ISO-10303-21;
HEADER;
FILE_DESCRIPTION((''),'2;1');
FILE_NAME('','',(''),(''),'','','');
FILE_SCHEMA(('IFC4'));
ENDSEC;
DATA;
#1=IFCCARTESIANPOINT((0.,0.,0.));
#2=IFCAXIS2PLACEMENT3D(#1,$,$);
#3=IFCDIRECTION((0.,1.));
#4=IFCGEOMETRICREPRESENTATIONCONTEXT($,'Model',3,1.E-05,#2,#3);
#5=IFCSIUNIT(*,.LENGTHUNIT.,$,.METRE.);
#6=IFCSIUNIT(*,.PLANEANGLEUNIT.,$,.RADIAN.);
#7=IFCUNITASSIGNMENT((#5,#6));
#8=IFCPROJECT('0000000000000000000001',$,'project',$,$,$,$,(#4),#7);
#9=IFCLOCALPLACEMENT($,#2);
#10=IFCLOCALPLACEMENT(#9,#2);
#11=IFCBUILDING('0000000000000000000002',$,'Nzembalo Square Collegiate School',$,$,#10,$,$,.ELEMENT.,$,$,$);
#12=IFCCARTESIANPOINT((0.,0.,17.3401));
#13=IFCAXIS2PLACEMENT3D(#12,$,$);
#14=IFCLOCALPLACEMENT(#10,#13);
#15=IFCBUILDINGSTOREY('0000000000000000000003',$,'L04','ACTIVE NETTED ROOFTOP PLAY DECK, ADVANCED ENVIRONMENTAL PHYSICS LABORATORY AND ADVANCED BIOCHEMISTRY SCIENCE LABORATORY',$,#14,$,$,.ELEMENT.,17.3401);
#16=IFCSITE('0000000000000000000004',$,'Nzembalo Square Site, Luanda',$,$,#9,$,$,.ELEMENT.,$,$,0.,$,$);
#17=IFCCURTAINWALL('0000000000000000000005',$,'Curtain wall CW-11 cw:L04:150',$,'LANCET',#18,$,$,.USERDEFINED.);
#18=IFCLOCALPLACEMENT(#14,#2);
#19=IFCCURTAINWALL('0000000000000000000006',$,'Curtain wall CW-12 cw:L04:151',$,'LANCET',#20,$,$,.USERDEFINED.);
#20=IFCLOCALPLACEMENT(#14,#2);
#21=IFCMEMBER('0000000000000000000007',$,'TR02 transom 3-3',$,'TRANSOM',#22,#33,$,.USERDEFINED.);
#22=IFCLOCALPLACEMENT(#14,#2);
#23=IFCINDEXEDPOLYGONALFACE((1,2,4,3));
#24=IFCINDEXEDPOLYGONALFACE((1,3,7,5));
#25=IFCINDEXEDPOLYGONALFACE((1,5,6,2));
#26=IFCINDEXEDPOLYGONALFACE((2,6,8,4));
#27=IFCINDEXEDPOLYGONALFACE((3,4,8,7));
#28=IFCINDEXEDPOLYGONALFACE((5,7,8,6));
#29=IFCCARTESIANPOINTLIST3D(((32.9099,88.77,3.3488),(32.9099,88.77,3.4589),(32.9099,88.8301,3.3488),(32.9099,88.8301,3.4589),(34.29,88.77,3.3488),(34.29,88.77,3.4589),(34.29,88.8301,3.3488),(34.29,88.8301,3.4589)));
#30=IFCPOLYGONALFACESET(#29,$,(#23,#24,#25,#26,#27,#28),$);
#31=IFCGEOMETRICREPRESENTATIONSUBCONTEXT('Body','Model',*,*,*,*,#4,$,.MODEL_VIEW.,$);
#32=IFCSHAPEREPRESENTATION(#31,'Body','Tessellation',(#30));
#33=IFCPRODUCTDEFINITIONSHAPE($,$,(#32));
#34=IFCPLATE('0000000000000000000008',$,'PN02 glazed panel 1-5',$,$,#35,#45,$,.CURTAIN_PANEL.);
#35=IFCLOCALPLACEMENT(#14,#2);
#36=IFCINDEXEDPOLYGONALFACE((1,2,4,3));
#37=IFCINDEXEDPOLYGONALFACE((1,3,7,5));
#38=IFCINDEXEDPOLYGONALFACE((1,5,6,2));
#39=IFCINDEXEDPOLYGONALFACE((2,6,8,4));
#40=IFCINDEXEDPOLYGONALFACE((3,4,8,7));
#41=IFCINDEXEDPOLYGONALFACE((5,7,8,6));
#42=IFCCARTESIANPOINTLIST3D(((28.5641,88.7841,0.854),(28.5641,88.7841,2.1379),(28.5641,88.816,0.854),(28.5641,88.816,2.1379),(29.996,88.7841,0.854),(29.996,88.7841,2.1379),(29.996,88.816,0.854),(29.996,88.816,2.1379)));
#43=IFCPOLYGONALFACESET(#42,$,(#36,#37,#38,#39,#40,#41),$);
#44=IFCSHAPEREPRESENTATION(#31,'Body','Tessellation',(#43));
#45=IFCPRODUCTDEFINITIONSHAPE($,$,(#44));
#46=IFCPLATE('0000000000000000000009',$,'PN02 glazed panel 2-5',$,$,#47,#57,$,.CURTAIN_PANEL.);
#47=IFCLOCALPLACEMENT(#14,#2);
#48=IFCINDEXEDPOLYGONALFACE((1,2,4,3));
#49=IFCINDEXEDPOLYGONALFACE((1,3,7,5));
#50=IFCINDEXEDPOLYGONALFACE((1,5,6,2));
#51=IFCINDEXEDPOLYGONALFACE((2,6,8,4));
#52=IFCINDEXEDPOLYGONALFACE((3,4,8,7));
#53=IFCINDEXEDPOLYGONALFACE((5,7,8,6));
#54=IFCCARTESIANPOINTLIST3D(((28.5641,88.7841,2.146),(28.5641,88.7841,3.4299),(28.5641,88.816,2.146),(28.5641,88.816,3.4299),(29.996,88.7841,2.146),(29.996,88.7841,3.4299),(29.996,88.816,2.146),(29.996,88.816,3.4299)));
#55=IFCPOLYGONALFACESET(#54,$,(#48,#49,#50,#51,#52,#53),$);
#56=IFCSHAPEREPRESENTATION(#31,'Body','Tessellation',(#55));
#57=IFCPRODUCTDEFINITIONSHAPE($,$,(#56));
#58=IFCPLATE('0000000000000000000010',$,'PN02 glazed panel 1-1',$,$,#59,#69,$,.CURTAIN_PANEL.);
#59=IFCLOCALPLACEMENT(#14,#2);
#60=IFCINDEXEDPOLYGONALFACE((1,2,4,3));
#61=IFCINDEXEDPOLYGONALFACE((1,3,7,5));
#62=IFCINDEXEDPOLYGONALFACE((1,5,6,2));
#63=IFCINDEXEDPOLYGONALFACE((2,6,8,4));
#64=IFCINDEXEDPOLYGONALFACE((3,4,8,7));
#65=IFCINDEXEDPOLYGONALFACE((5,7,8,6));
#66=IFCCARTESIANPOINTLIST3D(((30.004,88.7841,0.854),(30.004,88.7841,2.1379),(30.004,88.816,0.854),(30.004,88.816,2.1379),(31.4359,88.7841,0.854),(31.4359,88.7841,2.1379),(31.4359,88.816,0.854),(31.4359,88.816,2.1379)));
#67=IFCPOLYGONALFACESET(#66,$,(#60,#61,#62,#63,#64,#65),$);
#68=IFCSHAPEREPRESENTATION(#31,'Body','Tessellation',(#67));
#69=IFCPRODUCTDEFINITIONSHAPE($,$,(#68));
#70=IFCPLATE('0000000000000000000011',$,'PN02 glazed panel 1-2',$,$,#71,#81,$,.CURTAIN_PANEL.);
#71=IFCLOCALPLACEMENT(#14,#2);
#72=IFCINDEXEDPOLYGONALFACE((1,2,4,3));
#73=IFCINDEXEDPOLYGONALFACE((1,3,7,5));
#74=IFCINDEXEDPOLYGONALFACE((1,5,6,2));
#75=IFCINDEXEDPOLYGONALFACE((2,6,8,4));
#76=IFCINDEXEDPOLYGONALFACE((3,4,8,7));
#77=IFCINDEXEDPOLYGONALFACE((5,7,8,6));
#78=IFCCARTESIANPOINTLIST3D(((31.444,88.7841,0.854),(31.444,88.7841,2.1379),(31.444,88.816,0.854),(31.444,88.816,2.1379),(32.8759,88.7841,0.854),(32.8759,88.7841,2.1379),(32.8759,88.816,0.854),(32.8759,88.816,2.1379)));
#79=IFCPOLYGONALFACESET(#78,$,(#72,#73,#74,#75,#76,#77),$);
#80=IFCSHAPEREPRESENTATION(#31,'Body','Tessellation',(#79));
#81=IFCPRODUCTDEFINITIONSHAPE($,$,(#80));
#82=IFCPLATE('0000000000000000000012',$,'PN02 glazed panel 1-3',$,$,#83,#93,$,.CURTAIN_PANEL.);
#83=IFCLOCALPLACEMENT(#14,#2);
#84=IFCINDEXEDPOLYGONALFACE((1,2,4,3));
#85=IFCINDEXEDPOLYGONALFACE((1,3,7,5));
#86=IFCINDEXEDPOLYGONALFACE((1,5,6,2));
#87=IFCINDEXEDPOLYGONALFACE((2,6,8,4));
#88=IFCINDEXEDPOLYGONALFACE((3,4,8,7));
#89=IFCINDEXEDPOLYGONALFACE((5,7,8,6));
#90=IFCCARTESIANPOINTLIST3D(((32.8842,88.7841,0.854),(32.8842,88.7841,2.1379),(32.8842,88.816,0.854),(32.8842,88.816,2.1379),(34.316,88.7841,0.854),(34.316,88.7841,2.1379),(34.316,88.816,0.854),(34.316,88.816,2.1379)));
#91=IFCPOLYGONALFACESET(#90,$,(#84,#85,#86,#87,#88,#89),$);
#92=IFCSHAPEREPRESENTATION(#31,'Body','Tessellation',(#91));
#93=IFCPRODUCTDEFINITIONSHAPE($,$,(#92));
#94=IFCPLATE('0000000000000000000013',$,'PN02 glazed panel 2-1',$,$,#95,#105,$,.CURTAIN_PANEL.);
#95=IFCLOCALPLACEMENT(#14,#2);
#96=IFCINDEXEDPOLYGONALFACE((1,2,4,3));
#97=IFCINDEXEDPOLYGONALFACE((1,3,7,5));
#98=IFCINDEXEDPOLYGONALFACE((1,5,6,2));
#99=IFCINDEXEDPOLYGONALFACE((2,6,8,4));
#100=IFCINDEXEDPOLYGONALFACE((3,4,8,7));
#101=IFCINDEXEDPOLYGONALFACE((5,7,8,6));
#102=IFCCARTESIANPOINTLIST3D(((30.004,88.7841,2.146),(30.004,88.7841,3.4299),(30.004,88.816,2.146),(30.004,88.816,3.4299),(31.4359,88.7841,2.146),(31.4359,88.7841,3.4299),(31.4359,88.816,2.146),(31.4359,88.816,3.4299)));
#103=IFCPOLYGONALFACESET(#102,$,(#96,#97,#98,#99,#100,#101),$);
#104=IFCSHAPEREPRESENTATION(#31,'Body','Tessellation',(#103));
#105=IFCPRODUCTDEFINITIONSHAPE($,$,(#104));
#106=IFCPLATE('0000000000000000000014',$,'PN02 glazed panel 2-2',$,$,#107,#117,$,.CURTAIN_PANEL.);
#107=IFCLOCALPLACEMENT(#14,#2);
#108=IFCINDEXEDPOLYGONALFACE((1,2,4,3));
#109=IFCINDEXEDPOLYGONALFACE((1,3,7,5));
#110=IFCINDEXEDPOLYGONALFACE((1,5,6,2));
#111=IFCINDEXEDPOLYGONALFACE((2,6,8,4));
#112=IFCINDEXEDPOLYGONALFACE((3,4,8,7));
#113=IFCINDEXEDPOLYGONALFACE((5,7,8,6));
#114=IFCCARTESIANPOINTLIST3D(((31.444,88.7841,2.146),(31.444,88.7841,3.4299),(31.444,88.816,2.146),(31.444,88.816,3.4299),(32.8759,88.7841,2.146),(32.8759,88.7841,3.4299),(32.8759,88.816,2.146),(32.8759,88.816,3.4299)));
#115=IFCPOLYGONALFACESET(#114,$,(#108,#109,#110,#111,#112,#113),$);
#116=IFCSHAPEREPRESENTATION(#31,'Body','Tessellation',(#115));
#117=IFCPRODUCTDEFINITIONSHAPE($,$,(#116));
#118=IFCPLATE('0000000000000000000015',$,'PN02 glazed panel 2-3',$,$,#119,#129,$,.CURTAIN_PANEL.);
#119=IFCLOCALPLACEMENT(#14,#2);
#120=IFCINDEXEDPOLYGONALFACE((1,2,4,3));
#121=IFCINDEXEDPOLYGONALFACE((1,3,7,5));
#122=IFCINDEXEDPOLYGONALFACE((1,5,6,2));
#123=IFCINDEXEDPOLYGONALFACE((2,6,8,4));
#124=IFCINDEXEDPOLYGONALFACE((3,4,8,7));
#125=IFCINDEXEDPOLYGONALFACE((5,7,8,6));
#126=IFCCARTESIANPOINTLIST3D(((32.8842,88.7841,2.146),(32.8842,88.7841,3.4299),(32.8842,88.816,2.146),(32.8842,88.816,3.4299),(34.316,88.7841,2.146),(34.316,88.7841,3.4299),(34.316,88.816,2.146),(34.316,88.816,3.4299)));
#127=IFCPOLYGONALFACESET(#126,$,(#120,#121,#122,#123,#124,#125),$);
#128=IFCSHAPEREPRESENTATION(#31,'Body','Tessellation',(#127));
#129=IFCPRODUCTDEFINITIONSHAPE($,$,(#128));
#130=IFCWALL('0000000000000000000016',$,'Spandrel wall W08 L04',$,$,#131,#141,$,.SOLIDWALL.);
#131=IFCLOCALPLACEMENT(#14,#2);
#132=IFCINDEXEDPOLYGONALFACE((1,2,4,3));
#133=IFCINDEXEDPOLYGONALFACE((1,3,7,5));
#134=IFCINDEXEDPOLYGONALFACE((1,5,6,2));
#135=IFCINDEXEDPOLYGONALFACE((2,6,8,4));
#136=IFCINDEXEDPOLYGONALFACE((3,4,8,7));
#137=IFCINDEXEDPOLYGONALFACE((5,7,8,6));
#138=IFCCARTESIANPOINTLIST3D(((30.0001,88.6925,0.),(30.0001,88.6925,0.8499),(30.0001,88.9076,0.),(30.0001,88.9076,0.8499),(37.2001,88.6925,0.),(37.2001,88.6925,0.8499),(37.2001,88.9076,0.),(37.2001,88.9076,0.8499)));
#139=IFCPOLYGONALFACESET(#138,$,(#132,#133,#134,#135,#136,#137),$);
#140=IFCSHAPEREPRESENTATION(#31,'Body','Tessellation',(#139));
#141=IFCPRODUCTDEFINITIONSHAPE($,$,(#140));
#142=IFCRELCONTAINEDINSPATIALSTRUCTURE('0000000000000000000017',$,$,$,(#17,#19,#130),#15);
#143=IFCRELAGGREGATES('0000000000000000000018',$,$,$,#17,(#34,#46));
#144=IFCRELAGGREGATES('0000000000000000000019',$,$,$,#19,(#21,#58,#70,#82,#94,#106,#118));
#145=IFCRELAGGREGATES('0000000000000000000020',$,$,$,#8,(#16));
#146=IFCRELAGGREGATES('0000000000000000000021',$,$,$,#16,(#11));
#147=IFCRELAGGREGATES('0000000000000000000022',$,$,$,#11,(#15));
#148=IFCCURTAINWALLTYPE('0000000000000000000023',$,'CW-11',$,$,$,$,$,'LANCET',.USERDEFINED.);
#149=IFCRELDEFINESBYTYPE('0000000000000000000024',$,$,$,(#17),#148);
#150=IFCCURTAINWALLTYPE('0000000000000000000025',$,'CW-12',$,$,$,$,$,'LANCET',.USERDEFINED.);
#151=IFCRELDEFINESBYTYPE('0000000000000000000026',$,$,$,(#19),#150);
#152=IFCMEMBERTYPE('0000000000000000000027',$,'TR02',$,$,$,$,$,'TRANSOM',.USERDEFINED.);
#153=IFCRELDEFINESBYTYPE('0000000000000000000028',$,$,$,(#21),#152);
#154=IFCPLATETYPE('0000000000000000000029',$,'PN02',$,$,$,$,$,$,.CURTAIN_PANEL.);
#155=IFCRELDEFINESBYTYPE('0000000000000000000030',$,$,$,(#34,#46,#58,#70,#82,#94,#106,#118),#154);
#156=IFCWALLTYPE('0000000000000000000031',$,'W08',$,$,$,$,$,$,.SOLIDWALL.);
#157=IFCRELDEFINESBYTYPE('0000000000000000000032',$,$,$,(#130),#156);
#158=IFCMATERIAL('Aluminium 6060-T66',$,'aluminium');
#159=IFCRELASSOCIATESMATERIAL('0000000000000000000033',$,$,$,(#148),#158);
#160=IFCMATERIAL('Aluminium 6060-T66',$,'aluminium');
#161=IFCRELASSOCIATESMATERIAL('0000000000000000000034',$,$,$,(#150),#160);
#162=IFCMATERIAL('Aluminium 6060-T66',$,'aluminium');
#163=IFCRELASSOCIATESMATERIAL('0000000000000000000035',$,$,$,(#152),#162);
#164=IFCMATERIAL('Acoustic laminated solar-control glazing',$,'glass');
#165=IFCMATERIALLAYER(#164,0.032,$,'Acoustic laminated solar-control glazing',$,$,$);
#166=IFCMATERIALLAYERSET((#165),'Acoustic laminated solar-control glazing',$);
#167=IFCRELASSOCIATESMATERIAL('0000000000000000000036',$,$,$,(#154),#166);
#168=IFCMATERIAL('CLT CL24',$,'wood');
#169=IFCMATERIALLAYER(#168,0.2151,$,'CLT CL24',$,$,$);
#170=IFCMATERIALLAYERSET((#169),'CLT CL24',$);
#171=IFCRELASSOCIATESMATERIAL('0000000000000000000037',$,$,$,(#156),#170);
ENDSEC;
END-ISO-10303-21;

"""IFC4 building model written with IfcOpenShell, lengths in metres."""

from ifc_helpers import new_model, si_unit, direction, frame, frame_2d, origin, origin_2d, place, context, subcontext, project, spatial, rectangle, extrude, material, layer, layer_set, material_profile, profile_set, type_object, element, aggregate, save


model = new_model("IFC4")

# Units and contexts
model_context = context("Model", 3, precision=1e-05, world=origin(), true_north=direction((0.0, 1.0)))
body_context = subcontext(model_context, "Body", "Model", "MODEL_VIEW")
ifc_project = project(units=[si_unit("LENGTHUNIT", "METRE"), si_unit("PLANEANGLEUNIT", "RADIAN")], contexts=[model_context])

# Site, building, storey
site_placement = place(None, origin())
site = spatial("IfcSite", under=ifc_project, at=site_placement, Name="Nzembalo Square Site, Luanda", CompositionType="ELEMENT", RefElevation=0.0)
building_placement = place(site_placement, origin())
building = spatial("IfcBuilding", under=site, at=building_placement, Name="Nzembalo Square Collegiate School", CompositionType="ELEMENT")
storey_placement = place(building_placement, frame((0.0, 0.0, 17.3401)))
storey = spatial("IfcBuildingStorey", under=building, at=storey_placement, Name="L04", Description="ACTIVE NETTED ROOFTOP PLAY DECK, ADVANCED ENVIRONMENTAL PHYSICS LABORATORY AND ADVANCED BIOCHEMISTRY SCIENCE LABORATORY", CompositionType="ELEMENT", Elevation=17.3401)

# Curtain wall
ifc_material_1 = material(Name="Aluminium 6060-T66", Category="aluminium")
curtain_wall_type_1 = type_object("IfcCurtainWallType", Name="CW-11", ElementType="LANCET", PredefinedType="USERDEFINED", material=ifc_material_1)
curtain_wall_1_placement = place(storey_placement, origin())
curtain_wall_1 = element("IfcCurtainWall", 1, at=curtain_wall_1_placement, inside=storey, type_object=curtain_wall_type_1, Name="Curtain wall CW-11 cw:L04:150", ObjectType="LANCET", PredefinedType="USERDEFINED")

# Curtain wall
ifc_material_2 = material(Name="Aluminium 6060-T66", Category="aluminium")
curtain_wall_type_2 = type_object("IfcCurtainWallType", Name="CW-12", ElementType="LANCET", PredefinedType="USERDEFINED", material=ifc_material_2)
curtain_wall_2_placement = place(storey_placement, origin())
curtain_wall_2 = element("IfcCurtainWall", 2, at=curtain_wall_2_placement, inside=storey, type_object=curtain_wall_type_2, Name="Curtain wall CW-12 cw:L04:151", ObjectType="LANCET", PredefinedType="USERDEFINED")

# Member
ifc_material_3 = material(Name="Aluminium 6060-T66", Category="aluminium")
ifc_material_profile_1 = material_profile(ifc_material_3, rectangle(XDim=0.0601, YDim=0.1101, at=origin_2d()), Name="ALU T60x110")
ifc_profile_set_1 = profile_set([ifc_material_profile_1], Name="Aluminium 6060-T66")
member_type_1 = type_object("IfcMemberType", Name="TR02", ElementType="TRANSOM", PredefinedType="USERDEFINED", material=ifc_profile_set_1)
member_1_placement = place(storey_placement, frame((32.9099, 88.8, 3.4038), z_axis=(1.0, 0.0, 0.0), x_axis=(0.0, 1.0, 0.0)))
member_1 = element("IfcMember", 3, at=member_1_placement, type_object=member_type_1, Name="TR02 transom 3-3", ObjectType="TRANSOM", PredefinedType="USERDEFINED", context=body_context, shape_type="SweptSolid", body=[
    extrude(rectangle(XDim=0.0601, YDim=0.1101, at=origin_2d()), origin(), (0.0, 0.0, 1.0), 1.3801),
])

# Plates
ifc_material_4 = material(Name="Acoustic laminated solar-control glazing", Category="glass")
ifc_layer_1 = layer(ifc_material_4, 0.032, Name="Acoustic laminated solar-control glazing")
ifc_layer_set_1 = layer_set([ifc_layer_1], Name="Acoustic laminated solar-control glazing")
plate_type = type_object("IfcPlateType", Name="PN02", PredefinedType="CURTAIN_PANEL", material=ifc_layer_set_1)
plate_1_placement = place(storey_placement, frame((29.28, 88.8, 0.854), z_axis=(0.0, 0.0, 1.0), x_axis=(1.0, 0.0, 0.0)))
plate_1 = element("IfcPlate", 4, at=plate_1_placement, type_object=plate_type, Name="PN02 glazed panel 1-5", PredefinedType="CURTAIN_PANEL", context=body_context, shape_type="SweptSolid", body=[
    extrude(rectangle(XDim=1.4319, YDim=0.032, at=origin_2d()), origin(), (0.0, 0.0, 1.0), 1.2839),
])
plate_2_placement = place(storey_placement, frame((29.28, 88.8, 2.146), z_axis=(0.0, 0.0, 1.0), x_axis=(1.0, 0.0, 0.0)))
plate_2 = element("IfcPlate", 5, at=plate_2_placement, type_object=plate_type, Name="PN02 glazed panel 2-5", PredefinedType="CURTAIN_PANEL", context=body_context, shape_type="SweptSolid", body=[
    extrude(rectangle(XDim=1.4319, YDim=0.032, at=origin_2d()), origin(), (0.0, 0.0, 1.0), 1.2839),
])
aggregate(curtain_wall_1, [plate_1, plate_2])
plate_3_placement = place(storey_placement, frame((30.72, 88.8, 0.854), z_axis=(0.0, 0.0, 1.0), x_axis=(1.0, 0.0, 0.0)))
plate_3 = element("IfcPlate", 6, at=plate_3_placement, type_object=plate_type, Name="PN02 glazed panel 1-1", PredefinedType="CURTAIN_PANEL", context=body_context, shape_type="SweptSolid", body=[
    extrude(rectangle(XDim=1.4319, YDim=0.032, at=origin_2d()), origin(), (0.0, 0.0, 1.0), 1.2839),
])
plate_4_placement = place(storey_placement, frame((32.1599, 88.8, 0.854), z_axis=(0.0, 0.0, 1.0), x_axis=(1.0, 0.0, 0.0)))
plate_4 = element("IfcPlate", 7, at=plate_4_placement, type_object=plate_type, Name="PN02 glazed panel 1-2", PredefinedType="CURTAIN_PANEL", context=body_context, shape_type="SweptSolid", body=[
    extrude(rectangle(XDim=1.4319, YDim=0.032, at=origin_2d()), origin(), (0.0, 0.0, 1.0), 1.2839),
])
plate_5_placement = place(storey_placement, frame((33.6001, 88.8, 0.854), z_axis=(0.0, 0.0, 1.0), x_axis=(1.0, 0.0, 0.0)))
plate_5 = element("IfcPlate", 8, at=plate_5_placement, type_object=plate_type, Name="PN02 glazed panel 1-3", PredefinedType="CURTAIN_PANEL", context=body_context, shape_type="SweptSolid", body=[
    extrude(rectangle(XDim=1.4319, YDim=0.032, at=origin_2d()), origin(), (0.0, 0.0, 1.0), 1.2839),
])
plate_6_placement = place(storey_placement, frame((30.72, 88.8, 2.146), z_axis=(0.0, 0.0, 1.0), x_axis=(1.0, 0.0, 0.0)))
plate_6 = element("IfcPlate", 9, at=plate_6_placement, type_object=plate_type, Name="PN02 glazed panel 2-1", PredefinedType="CURTAIN_PANEL", context=body_context, shape_type="SweptSolid", body=[
    extrude(rectangle(XDim=1.4319, YDim=0.032, at=origin_2d()), origin(), (0.0, 0.0, 1.0), 1.2839),
])
plate_7_placement = place(storey_placement, frame((32.1599, 88.8, 2.146), z_axis=(0.0, 0.0, 1.0), x_axis=(1.0, 0.0, 0.0)))
plate_7 = element("IfcPlate", 10, at=plate_7_placement, type_object=plate_type, Name="PN02 glazed panel 2-2", PredefinedType="CURTAIN_PANEL", context=body_context, shape_type="SweptSolid", body=[
    extrude(rectangle(XDim=1.4319, YDim=0.032, at=origin_2d()), origin(), (0.0, 0.0, 1.0), 1.2839),
])
plate_8_placement = place(storey_placement, frame((33.6001, 88.8, 2.146), z_axis=(0.0, 0.0, 1.0), x_axis=(1.0, 0.0, 0.0)))
plate_8 = element("IfcPlate", 11, at=plate_8_placement, type_object=plate_type, Name="PN02 glazed panel 2-3", PredefinedType="CURTAIN_PANEL", context=body_context, shape_type="SweptSolid", body=[
    extrude(rectangle(XDim=1.4319, YDim=0.032, at=origin_2d()), origin(), (0.0, 0.0, 1.0), 1.2839),
])
aggregate(curtain_wall_2, [member_1, plate_3, plate_4, plate_5, plate_6, plate_7, plate_8])

# Wall
ifc_material_5 = material(Name="CLT CL24", Category="wood")
ifc_layer_2 = layer(ifc_material_5, 0.2151, Name="CLT CL24")
ifc_layer_set_2 = layer_set([ifc_layer_2], Name="CLT CL24")
wall_type = type_object("IfcWallType", Name="W08", PredefinedType="SOLIDWALL", material=ifc_layer_set_2)
wall_placement = place(storey_placement, frame((30.0, 88.8, 0.0), z_axis=(0.0, 0.0, 1.0), x_axis=(1.0, 0.0, 0.0)))
element("IfcWall", 12, at=wall_placement, inside=storey, type_object=wall_type, Name="Spandrel wall W08 L04", PredefinedType="SOLIDWALL", context=body_context, shape_type="SweptSolid", body=[
    extrude(rectangle(XDim=7.2, YDim=0.2151, at=frame_2d((3.6001, 0.0))), origin(), (0.0, 0.0, 1.0), 0.8499),
])

save(model, "model.ifc")
